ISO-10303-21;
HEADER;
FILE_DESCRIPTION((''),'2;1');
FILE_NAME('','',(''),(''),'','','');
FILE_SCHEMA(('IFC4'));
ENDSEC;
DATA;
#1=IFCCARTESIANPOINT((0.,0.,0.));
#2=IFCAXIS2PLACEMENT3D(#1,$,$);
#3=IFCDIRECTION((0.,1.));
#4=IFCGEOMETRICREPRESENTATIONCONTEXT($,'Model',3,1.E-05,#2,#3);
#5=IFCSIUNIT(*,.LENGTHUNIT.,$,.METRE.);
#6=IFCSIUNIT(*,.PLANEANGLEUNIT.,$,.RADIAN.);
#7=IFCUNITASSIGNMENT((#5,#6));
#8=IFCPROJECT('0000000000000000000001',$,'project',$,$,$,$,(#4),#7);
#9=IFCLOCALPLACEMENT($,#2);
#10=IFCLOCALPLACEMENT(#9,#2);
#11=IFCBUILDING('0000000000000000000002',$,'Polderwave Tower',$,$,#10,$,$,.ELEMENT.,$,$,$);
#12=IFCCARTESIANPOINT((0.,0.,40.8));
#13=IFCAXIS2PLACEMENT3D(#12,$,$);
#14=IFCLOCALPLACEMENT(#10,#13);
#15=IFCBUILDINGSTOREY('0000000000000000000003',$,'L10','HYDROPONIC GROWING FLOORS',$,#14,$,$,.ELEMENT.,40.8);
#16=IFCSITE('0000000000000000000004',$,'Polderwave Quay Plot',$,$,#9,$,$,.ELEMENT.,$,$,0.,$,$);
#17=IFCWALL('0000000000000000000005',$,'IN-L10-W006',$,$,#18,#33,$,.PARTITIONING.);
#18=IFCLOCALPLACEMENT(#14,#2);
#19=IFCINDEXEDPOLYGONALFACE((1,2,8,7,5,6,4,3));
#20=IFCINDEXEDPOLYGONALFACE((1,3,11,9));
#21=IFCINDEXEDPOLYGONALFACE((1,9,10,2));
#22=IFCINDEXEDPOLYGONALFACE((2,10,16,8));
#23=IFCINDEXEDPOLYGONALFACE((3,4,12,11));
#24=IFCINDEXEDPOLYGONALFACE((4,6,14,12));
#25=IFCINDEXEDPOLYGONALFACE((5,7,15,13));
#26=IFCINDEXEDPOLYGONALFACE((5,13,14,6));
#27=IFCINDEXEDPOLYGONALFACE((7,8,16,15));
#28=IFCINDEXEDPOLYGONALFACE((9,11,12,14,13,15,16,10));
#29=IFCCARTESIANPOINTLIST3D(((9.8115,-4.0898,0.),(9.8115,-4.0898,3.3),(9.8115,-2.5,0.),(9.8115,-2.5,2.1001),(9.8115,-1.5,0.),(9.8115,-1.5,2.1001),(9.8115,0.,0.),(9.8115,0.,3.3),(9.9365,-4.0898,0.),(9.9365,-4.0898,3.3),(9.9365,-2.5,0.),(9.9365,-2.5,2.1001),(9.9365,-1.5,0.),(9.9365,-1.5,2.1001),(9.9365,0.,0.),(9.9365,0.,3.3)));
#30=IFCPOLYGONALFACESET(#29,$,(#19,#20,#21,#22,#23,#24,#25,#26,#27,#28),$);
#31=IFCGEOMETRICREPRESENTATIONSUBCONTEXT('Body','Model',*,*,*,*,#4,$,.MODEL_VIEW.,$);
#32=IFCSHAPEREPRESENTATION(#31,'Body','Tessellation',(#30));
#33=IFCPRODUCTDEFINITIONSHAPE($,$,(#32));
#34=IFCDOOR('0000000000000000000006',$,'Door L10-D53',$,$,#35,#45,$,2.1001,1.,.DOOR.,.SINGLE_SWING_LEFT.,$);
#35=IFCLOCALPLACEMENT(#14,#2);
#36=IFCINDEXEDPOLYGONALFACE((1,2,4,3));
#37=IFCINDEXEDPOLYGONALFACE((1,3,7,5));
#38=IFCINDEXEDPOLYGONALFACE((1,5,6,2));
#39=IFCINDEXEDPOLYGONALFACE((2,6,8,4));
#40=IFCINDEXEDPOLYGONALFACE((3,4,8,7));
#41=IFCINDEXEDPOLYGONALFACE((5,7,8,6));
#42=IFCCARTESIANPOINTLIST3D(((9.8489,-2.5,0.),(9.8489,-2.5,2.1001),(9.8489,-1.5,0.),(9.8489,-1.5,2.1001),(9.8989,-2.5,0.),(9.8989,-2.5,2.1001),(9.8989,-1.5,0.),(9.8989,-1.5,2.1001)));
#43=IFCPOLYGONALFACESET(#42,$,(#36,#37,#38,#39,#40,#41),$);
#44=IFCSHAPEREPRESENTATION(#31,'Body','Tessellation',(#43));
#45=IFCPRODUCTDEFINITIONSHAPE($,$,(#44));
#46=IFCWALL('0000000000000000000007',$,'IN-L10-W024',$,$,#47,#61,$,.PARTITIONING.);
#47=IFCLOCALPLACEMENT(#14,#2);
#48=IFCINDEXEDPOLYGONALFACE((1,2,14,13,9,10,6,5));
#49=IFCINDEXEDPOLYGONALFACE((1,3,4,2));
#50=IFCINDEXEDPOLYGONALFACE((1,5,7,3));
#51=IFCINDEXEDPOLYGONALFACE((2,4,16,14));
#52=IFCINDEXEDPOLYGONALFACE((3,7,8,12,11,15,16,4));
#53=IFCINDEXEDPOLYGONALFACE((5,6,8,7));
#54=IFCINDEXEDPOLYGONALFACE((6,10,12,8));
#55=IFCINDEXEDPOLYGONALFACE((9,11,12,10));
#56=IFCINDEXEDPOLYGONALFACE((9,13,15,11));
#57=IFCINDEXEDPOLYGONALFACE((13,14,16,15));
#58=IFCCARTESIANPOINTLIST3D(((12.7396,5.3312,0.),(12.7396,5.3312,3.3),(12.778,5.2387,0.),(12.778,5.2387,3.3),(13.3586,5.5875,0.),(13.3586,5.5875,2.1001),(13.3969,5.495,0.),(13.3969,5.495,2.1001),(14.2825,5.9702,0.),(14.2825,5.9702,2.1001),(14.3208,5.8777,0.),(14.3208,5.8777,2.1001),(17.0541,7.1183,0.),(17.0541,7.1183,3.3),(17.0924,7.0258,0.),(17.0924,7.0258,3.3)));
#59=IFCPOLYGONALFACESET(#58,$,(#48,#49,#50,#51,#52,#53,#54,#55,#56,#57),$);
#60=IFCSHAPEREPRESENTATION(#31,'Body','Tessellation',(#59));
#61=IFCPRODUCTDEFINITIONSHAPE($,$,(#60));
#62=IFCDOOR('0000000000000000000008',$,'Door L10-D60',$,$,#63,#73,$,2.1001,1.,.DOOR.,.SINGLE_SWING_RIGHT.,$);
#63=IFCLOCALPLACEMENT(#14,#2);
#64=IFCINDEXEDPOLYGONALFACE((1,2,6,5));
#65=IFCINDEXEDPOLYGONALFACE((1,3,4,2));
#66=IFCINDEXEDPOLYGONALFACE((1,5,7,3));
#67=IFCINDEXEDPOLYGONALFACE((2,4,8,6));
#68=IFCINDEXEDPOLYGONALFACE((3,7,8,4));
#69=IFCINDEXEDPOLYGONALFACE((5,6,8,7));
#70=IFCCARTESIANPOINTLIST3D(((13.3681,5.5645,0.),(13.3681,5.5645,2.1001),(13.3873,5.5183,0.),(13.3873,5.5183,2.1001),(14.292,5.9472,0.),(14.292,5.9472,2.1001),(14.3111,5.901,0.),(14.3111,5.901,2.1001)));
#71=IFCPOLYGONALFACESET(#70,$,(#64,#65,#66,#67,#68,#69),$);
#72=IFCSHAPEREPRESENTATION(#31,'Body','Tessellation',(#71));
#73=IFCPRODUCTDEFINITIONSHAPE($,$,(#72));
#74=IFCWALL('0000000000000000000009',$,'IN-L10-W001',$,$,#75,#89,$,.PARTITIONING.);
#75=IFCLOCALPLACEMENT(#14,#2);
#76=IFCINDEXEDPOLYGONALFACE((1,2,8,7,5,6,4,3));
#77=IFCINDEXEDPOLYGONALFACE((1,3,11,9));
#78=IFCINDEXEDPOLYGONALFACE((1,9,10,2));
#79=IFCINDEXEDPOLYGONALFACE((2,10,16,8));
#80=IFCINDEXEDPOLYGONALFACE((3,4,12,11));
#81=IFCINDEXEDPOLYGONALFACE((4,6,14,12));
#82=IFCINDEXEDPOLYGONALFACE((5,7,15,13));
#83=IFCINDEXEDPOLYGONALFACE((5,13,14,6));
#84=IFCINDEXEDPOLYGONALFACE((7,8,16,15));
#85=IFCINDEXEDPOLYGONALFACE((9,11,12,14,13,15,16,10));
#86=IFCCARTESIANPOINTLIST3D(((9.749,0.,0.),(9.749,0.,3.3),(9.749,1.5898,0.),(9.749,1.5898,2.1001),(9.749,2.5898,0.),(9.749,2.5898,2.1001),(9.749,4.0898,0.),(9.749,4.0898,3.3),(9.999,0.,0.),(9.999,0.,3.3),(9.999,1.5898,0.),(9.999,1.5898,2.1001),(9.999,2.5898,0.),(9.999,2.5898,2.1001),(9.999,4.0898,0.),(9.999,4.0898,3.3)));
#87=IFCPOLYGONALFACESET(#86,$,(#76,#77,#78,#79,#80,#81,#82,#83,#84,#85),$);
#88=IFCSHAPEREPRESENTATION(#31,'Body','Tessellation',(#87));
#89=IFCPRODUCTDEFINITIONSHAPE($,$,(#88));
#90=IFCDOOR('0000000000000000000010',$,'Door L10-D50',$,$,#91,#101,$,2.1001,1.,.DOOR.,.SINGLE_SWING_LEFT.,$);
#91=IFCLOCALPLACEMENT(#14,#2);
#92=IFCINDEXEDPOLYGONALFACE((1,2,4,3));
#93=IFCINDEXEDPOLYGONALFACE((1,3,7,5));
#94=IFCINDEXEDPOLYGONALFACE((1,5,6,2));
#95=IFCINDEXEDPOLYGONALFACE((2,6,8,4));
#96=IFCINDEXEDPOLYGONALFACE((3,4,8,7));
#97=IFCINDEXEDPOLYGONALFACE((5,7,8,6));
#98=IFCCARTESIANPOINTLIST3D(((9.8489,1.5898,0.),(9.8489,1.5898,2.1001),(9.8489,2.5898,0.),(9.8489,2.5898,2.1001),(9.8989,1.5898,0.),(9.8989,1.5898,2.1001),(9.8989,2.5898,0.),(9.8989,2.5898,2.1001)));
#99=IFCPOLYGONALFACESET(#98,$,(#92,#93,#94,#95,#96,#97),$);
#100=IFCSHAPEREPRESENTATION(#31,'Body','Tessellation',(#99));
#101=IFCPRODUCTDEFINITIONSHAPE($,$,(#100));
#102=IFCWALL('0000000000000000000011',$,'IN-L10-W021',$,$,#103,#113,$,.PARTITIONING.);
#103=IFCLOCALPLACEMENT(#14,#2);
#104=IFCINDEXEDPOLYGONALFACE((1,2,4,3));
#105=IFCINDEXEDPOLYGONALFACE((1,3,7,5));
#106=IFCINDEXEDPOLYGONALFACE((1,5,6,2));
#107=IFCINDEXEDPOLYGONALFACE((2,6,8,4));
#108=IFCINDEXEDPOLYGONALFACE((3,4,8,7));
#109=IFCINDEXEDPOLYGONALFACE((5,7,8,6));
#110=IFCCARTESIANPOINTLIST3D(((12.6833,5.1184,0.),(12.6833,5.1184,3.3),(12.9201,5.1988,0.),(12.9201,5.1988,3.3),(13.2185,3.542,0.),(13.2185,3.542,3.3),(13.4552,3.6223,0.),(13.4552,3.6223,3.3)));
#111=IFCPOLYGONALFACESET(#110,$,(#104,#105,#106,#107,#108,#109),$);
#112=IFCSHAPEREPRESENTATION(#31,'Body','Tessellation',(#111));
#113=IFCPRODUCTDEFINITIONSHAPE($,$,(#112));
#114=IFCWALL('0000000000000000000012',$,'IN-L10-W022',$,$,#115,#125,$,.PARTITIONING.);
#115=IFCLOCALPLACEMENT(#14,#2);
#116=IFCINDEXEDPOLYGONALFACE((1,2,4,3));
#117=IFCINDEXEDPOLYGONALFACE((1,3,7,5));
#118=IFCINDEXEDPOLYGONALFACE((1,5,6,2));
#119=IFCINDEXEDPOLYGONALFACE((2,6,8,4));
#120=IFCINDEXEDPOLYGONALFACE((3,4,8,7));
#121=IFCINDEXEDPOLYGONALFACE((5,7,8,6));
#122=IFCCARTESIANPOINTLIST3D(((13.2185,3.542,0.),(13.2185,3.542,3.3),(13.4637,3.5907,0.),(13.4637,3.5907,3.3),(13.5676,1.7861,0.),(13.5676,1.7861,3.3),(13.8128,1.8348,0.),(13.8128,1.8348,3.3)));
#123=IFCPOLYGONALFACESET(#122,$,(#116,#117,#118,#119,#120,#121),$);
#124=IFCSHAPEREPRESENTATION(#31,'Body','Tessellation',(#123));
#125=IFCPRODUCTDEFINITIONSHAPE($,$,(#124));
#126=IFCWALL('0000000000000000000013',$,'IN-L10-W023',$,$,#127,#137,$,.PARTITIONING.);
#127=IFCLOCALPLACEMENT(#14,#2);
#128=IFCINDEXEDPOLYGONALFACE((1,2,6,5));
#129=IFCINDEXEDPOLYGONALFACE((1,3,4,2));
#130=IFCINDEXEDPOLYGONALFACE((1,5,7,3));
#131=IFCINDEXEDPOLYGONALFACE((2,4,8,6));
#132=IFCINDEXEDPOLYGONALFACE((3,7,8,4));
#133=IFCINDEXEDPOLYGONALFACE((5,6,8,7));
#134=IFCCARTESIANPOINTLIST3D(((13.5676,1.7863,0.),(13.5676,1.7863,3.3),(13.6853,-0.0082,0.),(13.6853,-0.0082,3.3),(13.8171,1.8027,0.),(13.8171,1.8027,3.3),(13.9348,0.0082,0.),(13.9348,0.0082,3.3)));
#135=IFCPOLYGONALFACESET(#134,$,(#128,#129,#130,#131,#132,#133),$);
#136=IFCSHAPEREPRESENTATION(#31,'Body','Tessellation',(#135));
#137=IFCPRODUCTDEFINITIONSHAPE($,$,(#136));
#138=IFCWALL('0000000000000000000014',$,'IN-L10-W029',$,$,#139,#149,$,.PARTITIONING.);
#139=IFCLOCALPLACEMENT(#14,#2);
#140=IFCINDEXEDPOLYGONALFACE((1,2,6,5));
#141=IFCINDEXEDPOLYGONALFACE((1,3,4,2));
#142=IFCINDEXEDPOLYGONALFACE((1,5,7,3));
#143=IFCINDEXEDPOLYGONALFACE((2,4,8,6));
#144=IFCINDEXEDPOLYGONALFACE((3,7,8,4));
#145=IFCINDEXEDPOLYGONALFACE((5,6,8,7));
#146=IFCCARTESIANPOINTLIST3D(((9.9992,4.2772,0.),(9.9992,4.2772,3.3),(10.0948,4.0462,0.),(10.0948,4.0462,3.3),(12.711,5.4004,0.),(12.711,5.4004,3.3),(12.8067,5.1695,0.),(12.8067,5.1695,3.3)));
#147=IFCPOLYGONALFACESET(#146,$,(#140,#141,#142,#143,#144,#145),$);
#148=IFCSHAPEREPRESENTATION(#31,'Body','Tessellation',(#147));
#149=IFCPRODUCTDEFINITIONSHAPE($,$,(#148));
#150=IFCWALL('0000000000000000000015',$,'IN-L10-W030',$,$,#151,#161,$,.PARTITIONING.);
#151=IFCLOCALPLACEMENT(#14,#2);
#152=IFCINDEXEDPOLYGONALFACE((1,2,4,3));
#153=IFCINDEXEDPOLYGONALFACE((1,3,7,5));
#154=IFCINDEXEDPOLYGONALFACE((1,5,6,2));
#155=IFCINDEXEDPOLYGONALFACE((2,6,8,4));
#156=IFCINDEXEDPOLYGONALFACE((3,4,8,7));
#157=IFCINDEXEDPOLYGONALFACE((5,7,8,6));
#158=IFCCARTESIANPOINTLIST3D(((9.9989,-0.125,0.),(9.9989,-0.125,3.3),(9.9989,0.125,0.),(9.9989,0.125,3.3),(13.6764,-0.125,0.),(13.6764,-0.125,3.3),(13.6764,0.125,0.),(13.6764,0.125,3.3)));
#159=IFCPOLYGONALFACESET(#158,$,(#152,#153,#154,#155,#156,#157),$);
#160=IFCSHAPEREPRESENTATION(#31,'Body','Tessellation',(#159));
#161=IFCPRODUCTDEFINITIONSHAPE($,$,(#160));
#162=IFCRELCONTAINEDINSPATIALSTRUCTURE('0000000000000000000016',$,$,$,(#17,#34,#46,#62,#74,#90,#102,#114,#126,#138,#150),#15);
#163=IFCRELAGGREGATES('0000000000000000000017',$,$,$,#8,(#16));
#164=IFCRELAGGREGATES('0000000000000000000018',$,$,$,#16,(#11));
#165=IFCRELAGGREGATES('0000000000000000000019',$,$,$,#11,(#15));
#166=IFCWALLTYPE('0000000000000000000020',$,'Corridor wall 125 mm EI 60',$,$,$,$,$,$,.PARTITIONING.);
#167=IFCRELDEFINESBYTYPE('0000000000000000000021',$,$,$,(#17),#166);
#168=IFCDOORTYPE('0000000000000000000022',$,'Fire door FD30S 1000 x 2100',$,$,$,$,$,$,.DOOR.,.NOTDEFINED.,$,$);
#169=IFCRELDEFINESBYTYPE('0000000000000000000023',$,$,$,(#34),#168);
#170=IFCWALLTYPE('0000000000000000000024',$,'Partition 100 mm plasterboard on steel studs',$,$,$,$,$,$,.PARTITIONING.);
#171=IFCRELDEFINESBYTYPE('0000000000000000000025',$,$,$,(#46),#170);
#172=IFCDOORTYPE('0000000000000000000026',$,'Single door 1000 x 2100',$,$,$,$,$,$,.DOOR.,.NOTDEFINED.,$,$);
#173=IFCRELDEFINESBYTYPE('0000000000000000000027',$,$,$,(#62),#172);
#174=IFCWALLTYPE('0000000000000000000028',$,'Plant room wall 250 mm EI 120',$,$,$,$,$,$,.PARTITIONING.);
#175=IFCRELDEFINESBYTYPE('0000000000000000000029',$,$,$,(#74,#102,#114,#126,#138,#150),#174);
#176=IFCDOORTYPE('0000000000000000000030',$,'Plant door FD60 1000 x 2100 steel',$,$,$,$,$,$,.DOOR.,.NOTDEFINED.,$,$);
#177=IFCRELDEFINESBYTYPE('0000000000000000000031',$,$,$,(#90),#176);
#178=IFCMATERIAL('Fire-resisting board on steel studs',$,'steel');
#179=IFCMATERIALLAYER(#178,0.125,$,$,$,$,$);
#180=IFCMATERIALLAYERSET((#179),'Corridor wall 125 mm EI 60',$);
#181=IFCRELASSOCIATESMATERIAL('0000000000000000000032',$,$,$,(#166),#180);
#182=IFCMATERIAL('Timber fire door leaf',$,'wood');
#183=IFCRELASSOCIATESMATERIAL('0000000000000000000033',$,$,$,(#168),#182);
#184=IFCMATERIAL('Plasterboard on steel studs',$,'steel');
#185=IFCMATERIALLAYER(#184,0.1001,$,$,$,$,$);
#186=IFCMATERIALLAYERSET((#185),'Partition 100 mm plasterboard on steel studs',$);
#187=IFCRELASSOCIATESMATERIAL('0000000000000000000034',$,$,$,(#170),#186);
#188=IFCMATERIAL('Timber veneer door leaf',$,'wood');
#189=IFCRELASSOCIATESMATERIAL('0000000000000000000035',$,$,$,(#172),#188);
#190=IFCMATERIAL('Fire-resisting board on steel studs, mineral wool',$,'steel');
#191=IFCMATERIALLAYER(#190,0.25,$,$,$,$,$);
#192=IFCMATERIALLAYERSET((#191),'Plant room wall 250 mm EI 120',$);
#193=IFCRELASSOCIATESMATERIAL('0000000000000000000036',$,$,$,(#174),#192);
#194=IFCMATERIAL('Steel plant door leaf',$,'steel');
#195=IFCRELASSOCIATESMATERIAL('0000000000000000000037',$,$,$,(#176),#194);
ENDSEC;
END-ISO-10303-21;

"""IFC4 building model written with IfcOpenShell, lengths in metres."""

from ifc_helpers import new_model, si_unit, direction, frame, frame_2d, origin, place, context, subcontext, project, spatial, rectangle, extrude, material, layer, layer_set, type_object, element, fill, save


model = new_model("IFC4")

# Units and contexts
model_context = context("Model", 3, precision=1e-05, world=origin(), true_north=direction((0.0, 1.0)))
body_context = subcontext(model_context, "Body", "Model", "MODEL_VIEW")
ifc_project = project(units=[si_unit("LENGTHUNIT", "METRE"), si_unit("PLANEANGLEUNIT", "RADIAN")], contexts=[model_context])

# Site, building, storey
site_placement = place(None, origin())
site = spatial("IfcSite", under=ifc_project, at=site_placement, Name="Polderwave Quay Plot", CompositionType="ELEMENT", RefElevation=0.0)
building_placement = place(site_placement, origin())
building = spatial("IfcBuilding", under=site, at=building_placement, Name="Polderwave Tower", CompositionType="ELEMENT")
storey_placement = place(building_placement, frame((0.0, 0.0, 40.8)))
storey = spatial("IfcBuildingStorey", under=building, at=storey_placement, Name="L10", Description="HYDROPONIC GROWING FLOORS", CompositionType="ELEMENT", Elevation=40.8)

# Walls, openings, doors
ifc_material_1 = material(Name="Fire-resisting board on steel studs", Category="steel")
ifc_layer_1 = layer(ifc_material_1, 0.125)
ifc_layer_set_1 = layer_set([ifc_layer_1], Name="Corridor wall 125 mm EI 60")
wall_type_1 = type_object("IfcWallType", Name="Corridor wall 125 mm EI 60", PredefinedType="PARTITIONING", material=ifc_layer_set_1)
wall_1_placement = place(storey_placement, frame((9.874, 0.0, 0.0), z_axis=(0.0, 0.0, 1.0), x_axis=(0.0, -1.0, 0.0)))
wall_1 = element("IfcWall", 1, at=wall_1_placement, inside=storey, type_object=wall_type_1, Name="IN-L10-W006", PredefinedType="PARTITIONING", context=body_context, shape_type="SweptSolid", body=[
    extrude(rectangle(XDim=4.0898, YDim=0.125, at=frame_2d((2.0449, 0.0))), origin(), (0.0, 0.0, 1.0), 3.3),
])
opening_1_placement = place(wall_1_placement, frame((1.5, 0.0, 0.0)))
opening_1 = element("IfcOpeningElement", 2, at=opening_1_placement, cuts=wall_1, PredefinedType="OPENING", context=body_context, shape_type="SweptSolid", body=[
    extrude(rectangle(XDim=1.0, YDim=2.1001, at=frame_2d((0.5, 1.05))), frame((0.0, 0.0725, 0.0), z_axis=(0.0, -1.0, 0.0), x_axis=(1.0, 0.0, 0.0)), (0.0, 0.0, 1.0), 0.145),
])
ifc_material_2 = material(Name="Timber fire door leaf", Category="wood")
door_type_1 = type_object("IfcDoorType", Name="Fire door FD30S 1000 x 2100", OperationType="NOTDEFINED", PredefinedType="DOOR", material=ifc_material_2)
door_1_placement = place(opening_1_placement, origin())
door_1 = element("IfcDoor", 3, at=door_1_placement, inside=storey, type_object=door_type_1, Name="Door L10-D53", OperationType="SINGLE_SWING_LEFT", OverallHeight=2.1001, OverallWidth=1.0, PredefinedType="DOOR", context=body_context, shape_type="SweptSolid", body=[
    extrude(rectangle(XDim=1.0, YDim=2.1001, at=frame_2d((0.5, 1.05))), frame((0.0, 0.0249, 0.0), z_axis=(0.0, -1.0, 0.0), x_axis=(1.0, 0.0, 0.0)), (0.0, 0.0, 1.0), 0.05),
])
fill(opening_1, door_1)
ifc_material_3 = material(Name="Plasterboard on steel studs", Category="steel")
ifc_layer_2 = layer(ifc_material_3, 0.1001)
ifc_layer_set_2 = layer_set([ifc_layer_2], Name="Partition 100 mm plasterboard on steel studs")
wall_type_2 = type_object("IfcWallType", Name="Partition 100 mm plasterboard on steel studs", PredefinedType="PARTITIONING", material=ifc_layer_set_2)
wall_2_placement = place(storey_placement, frame((17.0732, 7.072, 0.0), z_axis=(0.0, 0.0, 1.0), x_axis=(-0.923879, -0.382684, 0.0)))
wall_2 = element("IfcWall", 4, at=wall_2_placement, inside=storey, type_object=wall_type_2, Name="IN-L10-W024", PredefinedType="PARTITIONING", context=body_context, shape_type="SweptSolid", body=[
    extrude(rectangle(XDim=4.6699, YDim=0.1001, at=frame_2d((2.335, 0.0))), origin(), (0.0, 0.0, 1.0), 3.3),
])
opening_2_placement = place(wall_2_placement, frame((3.0, 0.0, 0.0)))
opening_2 = element("IfcOpeningElement", 5, at=opening_2_placement, cuts=wall_2, PredefinedType="OPENING", context=body_context, shape_type="SweptSolid", body=[
    extrude(rectangle(XDim=1.0, YDim=2.1001, at=frame_2d((0.5, 1.05))), frame((0.0, 0.0601, 0.0), z_axis=(0.0, -1.0, 0.0), x_axis=(1.0, 0.0, 0.0)), (0.0, 0.0, 1.0), 0.1201),
])
ifc_material_4 = material(Name="Timber veneer door leaf", Category="wood")
door_type_2 = type_object("IfcDoorType", Name="Single door 1000 x 2100", OperationType="NOTDEFINED", PredefinedType="DOOR", material=ifc_material_4)
door_2_placement = place(opening_2_placement, origin())
door_2 = element("IfcDoor", 6, at=door_2_placement, inside=storey, type_object=door_type_2, Name="Door L10-D60", OperationType="SINGLE_SWING_RIGHT", OverallHeight=2.1001, OverallWidth=1.0, PredefinedType="DOOR", context=body_context, shape_type="SweptSolid", body=[
    extrude(rectangle(XDim=1.0, YDim=2.1001, at=frame_2d((0.5, 1.05))), frame((0.0, 0.0249, 0.0), z_axis=(0.0, -1.0, 0.0), x_axis=(1.0, 0.0, 0.0)), (0.0, 0.0, 1.0), 0.05),
])
fill(opening_2, door_2)
ifc_material_5 = material(Name="Fire-resisting board on steel studs, mineral wool", Category="steel")
ifc_layer_3 = layer(ifc_material_5, 0.25)
ifc_layer_set_3 = layer_set([ifc_layer_3], Name="Plant room wall 250 mm EI 120")
wall_type_3 = type_object("IfcWallType", Name="Plant room wall 250 mm EI 120", PredefinedType="PARTITIONING", material=ifc_layer_set_3)
wall_3_placement = place(storey_placement, frame((9.874, 4.0898, 0.0), z_axis=(0.0, 0.0, 1.0), x_axis=(0.0, -1.0, 0.0)))
wall_3 = element("IfcWall", 7, at=wall_3_placement, inside=storey, type_object=wall_type_3, Name="IN-L10-W001", PredefinedType="PARTITIONING", context=body_context, shape_type="SweptSolid", body=[
    extrude(rectangle(XDim=4.0898, YDim=0.25, at=frame_2d((2.0449, 0.0))), origin(), (0.0, 0.0, 1.0), 3.3),
])
opening_3_placement = place(wall_3_placement, frame((1.5, 0.0, 0.0)))
opening_3 = element("IfcOpeningElement", 8, at=opening_3_placement, cuts=wall_3, PredefinedType="OPENING", context=body_context, shape_type="SweptSolid", body=[
    extrude(rectangle(XDim=1.0, YDim=2.1001, at=frame_2d((0.5, 1.05))), frame((0.0, 0.135, 0.0), z_axis=(0.0, -1.0, 0.0), x_axis=(1.0, 0.0, 0.0)), (0.0, 0.0, 1.0), 0.27),
])
ifc_material_6 = material(Name="Steel plant door leaf", Category="steel")
door_type_3 = type_object("IfcDoorType", Name="Plant door FD60 1000 x 2100 steel", OperationType="NOTDEFINED", PredefinedType="DOOR", material=ifc_material_6)
door_3_placement = place(opening_3_placement, origin())
door_3 = element("IfcDoor", 9, at=door_3_placement, inside=storey, type_object=door_type_3, Name="Door L10-D50", OperationType="SINGLE_SWING_LEFT", OverallHeight=2.1001, OverallWidth=1.0, PredefinedType="DOOR", context=body_context, shape_type="SweptSolid", body=[
    extrude(rectangle(XDim=1.0, YDim=2.1001, at=frame_2d((0.5, 1.05))), frame((0.0, 0.0249, 0.0), z_axis=(0.0, -1.0, 0.0), x_axis=(1.0, 0.0, 0.0)), (0.0, 0.0, 1.0), 0.05),
])
fill(opening_3, door_3)

# Walls
wall_4_placement = place(storey_placement, frame((13.3369, 3.582, 0.0), z_axis=(0.0, 0.0, 1.0), x_axis=(-0.321458, 0.946924, 0.0)))
element("IfcWall", 10, at=wall_4_placement, inside=storey, type_object=wall_type_3, Name="IN-L10-W021", PredefinedType="PARTITIONING", context=body_context, shape_type="SweptSolid", body=[
    extrude(rectangle(XDim=1.6648, YDim=0.25, at=frame_2d((0.8325, 0.0))), origin(), (0.0, 0.0, 1.0), 3.3),
])
wall_5_placement = place(storey_placement, frame((13.6902, 1.8105, 0.0), z_axis=(0.0, 0.0, 1.0), x_axis=(-0.195015, 0.9808, 0.0)))
element("IfcWall", 11, at=wall_5_placement, inside=storey, type_object=wall_type_3, Name="IN-L10-W022", PredefinedType="PARTITIONING", context=body_context, shape_type="SweptSolid", body=[
    extrude(rectangle(XDim=1.7903, YDim=0.25, at=frame_2d((0.895, 0.0))), origin(), (0.0, 0.0, 1.0), 3.3),
])
wall_6_placement = place(storey_placement, frame((13.8101, 0.0, 0.0), z_axis=(0.0, 0.0, 1.0), x_axis=(-0.065438, 0.997857, 0.0)))
element("IfcWall", 12, at=wall_6_placement, inside=storey, type_object=wall_type_3, Name="IN-L10-W023", PredefinedType="PARTITIONING", context=body_context, shape_type="SweptSolid", body=[
    extrude(rectangle(XDim=1.7983, YDim=0.25, at=frame_2d((0.8992, 0.0))), origin(), (0.0, 0.0, 1.0), 3.3),
])
wall_7_placement = place(storey_placement, frame((10.0469, 4.1616, 0.0), z_axis=(0.0, 0.0, 1.0), x_axis=(0.923882, 0.382677, 0.0)))
element("IfcWall", 13, at=wall_7_placement, inside=storey, type_object=wall_type_3, Name="IN-L10-W029", PredefinedType="PARTITIONING", context=body_context, shape_type="SweptSolid", body=[
    extrude(rectangle(XDim=2.9353, YDim=0.25, at=frame_2d((1.4678, 0.0))), origin(), (0.0, 0.0, 1.0), 3.3),
])
wall_8_placement = place(storey_placement, frame((13.6765, 0.0, 0.0), z_axis=(0.0, 0.0, 1.0), x_axis=(-1.0, 0.0, 0.0)))
element("IfcWall", 14, at=wall_8_placement, inside=storey, type_object=wall_type_3, Name="IN-L10-W030", PredefinedType="PARTITIONING", context=body_context, shape_type="SweptSolid", body=[
    extrude(rectangle(XDim=3.6775, YDim=0.25, at=frame_2d((1.8389, 0.0))), origin(), (0.0, 0.0, 1.0), 3.3),
])

save(model, "model.ifc")
